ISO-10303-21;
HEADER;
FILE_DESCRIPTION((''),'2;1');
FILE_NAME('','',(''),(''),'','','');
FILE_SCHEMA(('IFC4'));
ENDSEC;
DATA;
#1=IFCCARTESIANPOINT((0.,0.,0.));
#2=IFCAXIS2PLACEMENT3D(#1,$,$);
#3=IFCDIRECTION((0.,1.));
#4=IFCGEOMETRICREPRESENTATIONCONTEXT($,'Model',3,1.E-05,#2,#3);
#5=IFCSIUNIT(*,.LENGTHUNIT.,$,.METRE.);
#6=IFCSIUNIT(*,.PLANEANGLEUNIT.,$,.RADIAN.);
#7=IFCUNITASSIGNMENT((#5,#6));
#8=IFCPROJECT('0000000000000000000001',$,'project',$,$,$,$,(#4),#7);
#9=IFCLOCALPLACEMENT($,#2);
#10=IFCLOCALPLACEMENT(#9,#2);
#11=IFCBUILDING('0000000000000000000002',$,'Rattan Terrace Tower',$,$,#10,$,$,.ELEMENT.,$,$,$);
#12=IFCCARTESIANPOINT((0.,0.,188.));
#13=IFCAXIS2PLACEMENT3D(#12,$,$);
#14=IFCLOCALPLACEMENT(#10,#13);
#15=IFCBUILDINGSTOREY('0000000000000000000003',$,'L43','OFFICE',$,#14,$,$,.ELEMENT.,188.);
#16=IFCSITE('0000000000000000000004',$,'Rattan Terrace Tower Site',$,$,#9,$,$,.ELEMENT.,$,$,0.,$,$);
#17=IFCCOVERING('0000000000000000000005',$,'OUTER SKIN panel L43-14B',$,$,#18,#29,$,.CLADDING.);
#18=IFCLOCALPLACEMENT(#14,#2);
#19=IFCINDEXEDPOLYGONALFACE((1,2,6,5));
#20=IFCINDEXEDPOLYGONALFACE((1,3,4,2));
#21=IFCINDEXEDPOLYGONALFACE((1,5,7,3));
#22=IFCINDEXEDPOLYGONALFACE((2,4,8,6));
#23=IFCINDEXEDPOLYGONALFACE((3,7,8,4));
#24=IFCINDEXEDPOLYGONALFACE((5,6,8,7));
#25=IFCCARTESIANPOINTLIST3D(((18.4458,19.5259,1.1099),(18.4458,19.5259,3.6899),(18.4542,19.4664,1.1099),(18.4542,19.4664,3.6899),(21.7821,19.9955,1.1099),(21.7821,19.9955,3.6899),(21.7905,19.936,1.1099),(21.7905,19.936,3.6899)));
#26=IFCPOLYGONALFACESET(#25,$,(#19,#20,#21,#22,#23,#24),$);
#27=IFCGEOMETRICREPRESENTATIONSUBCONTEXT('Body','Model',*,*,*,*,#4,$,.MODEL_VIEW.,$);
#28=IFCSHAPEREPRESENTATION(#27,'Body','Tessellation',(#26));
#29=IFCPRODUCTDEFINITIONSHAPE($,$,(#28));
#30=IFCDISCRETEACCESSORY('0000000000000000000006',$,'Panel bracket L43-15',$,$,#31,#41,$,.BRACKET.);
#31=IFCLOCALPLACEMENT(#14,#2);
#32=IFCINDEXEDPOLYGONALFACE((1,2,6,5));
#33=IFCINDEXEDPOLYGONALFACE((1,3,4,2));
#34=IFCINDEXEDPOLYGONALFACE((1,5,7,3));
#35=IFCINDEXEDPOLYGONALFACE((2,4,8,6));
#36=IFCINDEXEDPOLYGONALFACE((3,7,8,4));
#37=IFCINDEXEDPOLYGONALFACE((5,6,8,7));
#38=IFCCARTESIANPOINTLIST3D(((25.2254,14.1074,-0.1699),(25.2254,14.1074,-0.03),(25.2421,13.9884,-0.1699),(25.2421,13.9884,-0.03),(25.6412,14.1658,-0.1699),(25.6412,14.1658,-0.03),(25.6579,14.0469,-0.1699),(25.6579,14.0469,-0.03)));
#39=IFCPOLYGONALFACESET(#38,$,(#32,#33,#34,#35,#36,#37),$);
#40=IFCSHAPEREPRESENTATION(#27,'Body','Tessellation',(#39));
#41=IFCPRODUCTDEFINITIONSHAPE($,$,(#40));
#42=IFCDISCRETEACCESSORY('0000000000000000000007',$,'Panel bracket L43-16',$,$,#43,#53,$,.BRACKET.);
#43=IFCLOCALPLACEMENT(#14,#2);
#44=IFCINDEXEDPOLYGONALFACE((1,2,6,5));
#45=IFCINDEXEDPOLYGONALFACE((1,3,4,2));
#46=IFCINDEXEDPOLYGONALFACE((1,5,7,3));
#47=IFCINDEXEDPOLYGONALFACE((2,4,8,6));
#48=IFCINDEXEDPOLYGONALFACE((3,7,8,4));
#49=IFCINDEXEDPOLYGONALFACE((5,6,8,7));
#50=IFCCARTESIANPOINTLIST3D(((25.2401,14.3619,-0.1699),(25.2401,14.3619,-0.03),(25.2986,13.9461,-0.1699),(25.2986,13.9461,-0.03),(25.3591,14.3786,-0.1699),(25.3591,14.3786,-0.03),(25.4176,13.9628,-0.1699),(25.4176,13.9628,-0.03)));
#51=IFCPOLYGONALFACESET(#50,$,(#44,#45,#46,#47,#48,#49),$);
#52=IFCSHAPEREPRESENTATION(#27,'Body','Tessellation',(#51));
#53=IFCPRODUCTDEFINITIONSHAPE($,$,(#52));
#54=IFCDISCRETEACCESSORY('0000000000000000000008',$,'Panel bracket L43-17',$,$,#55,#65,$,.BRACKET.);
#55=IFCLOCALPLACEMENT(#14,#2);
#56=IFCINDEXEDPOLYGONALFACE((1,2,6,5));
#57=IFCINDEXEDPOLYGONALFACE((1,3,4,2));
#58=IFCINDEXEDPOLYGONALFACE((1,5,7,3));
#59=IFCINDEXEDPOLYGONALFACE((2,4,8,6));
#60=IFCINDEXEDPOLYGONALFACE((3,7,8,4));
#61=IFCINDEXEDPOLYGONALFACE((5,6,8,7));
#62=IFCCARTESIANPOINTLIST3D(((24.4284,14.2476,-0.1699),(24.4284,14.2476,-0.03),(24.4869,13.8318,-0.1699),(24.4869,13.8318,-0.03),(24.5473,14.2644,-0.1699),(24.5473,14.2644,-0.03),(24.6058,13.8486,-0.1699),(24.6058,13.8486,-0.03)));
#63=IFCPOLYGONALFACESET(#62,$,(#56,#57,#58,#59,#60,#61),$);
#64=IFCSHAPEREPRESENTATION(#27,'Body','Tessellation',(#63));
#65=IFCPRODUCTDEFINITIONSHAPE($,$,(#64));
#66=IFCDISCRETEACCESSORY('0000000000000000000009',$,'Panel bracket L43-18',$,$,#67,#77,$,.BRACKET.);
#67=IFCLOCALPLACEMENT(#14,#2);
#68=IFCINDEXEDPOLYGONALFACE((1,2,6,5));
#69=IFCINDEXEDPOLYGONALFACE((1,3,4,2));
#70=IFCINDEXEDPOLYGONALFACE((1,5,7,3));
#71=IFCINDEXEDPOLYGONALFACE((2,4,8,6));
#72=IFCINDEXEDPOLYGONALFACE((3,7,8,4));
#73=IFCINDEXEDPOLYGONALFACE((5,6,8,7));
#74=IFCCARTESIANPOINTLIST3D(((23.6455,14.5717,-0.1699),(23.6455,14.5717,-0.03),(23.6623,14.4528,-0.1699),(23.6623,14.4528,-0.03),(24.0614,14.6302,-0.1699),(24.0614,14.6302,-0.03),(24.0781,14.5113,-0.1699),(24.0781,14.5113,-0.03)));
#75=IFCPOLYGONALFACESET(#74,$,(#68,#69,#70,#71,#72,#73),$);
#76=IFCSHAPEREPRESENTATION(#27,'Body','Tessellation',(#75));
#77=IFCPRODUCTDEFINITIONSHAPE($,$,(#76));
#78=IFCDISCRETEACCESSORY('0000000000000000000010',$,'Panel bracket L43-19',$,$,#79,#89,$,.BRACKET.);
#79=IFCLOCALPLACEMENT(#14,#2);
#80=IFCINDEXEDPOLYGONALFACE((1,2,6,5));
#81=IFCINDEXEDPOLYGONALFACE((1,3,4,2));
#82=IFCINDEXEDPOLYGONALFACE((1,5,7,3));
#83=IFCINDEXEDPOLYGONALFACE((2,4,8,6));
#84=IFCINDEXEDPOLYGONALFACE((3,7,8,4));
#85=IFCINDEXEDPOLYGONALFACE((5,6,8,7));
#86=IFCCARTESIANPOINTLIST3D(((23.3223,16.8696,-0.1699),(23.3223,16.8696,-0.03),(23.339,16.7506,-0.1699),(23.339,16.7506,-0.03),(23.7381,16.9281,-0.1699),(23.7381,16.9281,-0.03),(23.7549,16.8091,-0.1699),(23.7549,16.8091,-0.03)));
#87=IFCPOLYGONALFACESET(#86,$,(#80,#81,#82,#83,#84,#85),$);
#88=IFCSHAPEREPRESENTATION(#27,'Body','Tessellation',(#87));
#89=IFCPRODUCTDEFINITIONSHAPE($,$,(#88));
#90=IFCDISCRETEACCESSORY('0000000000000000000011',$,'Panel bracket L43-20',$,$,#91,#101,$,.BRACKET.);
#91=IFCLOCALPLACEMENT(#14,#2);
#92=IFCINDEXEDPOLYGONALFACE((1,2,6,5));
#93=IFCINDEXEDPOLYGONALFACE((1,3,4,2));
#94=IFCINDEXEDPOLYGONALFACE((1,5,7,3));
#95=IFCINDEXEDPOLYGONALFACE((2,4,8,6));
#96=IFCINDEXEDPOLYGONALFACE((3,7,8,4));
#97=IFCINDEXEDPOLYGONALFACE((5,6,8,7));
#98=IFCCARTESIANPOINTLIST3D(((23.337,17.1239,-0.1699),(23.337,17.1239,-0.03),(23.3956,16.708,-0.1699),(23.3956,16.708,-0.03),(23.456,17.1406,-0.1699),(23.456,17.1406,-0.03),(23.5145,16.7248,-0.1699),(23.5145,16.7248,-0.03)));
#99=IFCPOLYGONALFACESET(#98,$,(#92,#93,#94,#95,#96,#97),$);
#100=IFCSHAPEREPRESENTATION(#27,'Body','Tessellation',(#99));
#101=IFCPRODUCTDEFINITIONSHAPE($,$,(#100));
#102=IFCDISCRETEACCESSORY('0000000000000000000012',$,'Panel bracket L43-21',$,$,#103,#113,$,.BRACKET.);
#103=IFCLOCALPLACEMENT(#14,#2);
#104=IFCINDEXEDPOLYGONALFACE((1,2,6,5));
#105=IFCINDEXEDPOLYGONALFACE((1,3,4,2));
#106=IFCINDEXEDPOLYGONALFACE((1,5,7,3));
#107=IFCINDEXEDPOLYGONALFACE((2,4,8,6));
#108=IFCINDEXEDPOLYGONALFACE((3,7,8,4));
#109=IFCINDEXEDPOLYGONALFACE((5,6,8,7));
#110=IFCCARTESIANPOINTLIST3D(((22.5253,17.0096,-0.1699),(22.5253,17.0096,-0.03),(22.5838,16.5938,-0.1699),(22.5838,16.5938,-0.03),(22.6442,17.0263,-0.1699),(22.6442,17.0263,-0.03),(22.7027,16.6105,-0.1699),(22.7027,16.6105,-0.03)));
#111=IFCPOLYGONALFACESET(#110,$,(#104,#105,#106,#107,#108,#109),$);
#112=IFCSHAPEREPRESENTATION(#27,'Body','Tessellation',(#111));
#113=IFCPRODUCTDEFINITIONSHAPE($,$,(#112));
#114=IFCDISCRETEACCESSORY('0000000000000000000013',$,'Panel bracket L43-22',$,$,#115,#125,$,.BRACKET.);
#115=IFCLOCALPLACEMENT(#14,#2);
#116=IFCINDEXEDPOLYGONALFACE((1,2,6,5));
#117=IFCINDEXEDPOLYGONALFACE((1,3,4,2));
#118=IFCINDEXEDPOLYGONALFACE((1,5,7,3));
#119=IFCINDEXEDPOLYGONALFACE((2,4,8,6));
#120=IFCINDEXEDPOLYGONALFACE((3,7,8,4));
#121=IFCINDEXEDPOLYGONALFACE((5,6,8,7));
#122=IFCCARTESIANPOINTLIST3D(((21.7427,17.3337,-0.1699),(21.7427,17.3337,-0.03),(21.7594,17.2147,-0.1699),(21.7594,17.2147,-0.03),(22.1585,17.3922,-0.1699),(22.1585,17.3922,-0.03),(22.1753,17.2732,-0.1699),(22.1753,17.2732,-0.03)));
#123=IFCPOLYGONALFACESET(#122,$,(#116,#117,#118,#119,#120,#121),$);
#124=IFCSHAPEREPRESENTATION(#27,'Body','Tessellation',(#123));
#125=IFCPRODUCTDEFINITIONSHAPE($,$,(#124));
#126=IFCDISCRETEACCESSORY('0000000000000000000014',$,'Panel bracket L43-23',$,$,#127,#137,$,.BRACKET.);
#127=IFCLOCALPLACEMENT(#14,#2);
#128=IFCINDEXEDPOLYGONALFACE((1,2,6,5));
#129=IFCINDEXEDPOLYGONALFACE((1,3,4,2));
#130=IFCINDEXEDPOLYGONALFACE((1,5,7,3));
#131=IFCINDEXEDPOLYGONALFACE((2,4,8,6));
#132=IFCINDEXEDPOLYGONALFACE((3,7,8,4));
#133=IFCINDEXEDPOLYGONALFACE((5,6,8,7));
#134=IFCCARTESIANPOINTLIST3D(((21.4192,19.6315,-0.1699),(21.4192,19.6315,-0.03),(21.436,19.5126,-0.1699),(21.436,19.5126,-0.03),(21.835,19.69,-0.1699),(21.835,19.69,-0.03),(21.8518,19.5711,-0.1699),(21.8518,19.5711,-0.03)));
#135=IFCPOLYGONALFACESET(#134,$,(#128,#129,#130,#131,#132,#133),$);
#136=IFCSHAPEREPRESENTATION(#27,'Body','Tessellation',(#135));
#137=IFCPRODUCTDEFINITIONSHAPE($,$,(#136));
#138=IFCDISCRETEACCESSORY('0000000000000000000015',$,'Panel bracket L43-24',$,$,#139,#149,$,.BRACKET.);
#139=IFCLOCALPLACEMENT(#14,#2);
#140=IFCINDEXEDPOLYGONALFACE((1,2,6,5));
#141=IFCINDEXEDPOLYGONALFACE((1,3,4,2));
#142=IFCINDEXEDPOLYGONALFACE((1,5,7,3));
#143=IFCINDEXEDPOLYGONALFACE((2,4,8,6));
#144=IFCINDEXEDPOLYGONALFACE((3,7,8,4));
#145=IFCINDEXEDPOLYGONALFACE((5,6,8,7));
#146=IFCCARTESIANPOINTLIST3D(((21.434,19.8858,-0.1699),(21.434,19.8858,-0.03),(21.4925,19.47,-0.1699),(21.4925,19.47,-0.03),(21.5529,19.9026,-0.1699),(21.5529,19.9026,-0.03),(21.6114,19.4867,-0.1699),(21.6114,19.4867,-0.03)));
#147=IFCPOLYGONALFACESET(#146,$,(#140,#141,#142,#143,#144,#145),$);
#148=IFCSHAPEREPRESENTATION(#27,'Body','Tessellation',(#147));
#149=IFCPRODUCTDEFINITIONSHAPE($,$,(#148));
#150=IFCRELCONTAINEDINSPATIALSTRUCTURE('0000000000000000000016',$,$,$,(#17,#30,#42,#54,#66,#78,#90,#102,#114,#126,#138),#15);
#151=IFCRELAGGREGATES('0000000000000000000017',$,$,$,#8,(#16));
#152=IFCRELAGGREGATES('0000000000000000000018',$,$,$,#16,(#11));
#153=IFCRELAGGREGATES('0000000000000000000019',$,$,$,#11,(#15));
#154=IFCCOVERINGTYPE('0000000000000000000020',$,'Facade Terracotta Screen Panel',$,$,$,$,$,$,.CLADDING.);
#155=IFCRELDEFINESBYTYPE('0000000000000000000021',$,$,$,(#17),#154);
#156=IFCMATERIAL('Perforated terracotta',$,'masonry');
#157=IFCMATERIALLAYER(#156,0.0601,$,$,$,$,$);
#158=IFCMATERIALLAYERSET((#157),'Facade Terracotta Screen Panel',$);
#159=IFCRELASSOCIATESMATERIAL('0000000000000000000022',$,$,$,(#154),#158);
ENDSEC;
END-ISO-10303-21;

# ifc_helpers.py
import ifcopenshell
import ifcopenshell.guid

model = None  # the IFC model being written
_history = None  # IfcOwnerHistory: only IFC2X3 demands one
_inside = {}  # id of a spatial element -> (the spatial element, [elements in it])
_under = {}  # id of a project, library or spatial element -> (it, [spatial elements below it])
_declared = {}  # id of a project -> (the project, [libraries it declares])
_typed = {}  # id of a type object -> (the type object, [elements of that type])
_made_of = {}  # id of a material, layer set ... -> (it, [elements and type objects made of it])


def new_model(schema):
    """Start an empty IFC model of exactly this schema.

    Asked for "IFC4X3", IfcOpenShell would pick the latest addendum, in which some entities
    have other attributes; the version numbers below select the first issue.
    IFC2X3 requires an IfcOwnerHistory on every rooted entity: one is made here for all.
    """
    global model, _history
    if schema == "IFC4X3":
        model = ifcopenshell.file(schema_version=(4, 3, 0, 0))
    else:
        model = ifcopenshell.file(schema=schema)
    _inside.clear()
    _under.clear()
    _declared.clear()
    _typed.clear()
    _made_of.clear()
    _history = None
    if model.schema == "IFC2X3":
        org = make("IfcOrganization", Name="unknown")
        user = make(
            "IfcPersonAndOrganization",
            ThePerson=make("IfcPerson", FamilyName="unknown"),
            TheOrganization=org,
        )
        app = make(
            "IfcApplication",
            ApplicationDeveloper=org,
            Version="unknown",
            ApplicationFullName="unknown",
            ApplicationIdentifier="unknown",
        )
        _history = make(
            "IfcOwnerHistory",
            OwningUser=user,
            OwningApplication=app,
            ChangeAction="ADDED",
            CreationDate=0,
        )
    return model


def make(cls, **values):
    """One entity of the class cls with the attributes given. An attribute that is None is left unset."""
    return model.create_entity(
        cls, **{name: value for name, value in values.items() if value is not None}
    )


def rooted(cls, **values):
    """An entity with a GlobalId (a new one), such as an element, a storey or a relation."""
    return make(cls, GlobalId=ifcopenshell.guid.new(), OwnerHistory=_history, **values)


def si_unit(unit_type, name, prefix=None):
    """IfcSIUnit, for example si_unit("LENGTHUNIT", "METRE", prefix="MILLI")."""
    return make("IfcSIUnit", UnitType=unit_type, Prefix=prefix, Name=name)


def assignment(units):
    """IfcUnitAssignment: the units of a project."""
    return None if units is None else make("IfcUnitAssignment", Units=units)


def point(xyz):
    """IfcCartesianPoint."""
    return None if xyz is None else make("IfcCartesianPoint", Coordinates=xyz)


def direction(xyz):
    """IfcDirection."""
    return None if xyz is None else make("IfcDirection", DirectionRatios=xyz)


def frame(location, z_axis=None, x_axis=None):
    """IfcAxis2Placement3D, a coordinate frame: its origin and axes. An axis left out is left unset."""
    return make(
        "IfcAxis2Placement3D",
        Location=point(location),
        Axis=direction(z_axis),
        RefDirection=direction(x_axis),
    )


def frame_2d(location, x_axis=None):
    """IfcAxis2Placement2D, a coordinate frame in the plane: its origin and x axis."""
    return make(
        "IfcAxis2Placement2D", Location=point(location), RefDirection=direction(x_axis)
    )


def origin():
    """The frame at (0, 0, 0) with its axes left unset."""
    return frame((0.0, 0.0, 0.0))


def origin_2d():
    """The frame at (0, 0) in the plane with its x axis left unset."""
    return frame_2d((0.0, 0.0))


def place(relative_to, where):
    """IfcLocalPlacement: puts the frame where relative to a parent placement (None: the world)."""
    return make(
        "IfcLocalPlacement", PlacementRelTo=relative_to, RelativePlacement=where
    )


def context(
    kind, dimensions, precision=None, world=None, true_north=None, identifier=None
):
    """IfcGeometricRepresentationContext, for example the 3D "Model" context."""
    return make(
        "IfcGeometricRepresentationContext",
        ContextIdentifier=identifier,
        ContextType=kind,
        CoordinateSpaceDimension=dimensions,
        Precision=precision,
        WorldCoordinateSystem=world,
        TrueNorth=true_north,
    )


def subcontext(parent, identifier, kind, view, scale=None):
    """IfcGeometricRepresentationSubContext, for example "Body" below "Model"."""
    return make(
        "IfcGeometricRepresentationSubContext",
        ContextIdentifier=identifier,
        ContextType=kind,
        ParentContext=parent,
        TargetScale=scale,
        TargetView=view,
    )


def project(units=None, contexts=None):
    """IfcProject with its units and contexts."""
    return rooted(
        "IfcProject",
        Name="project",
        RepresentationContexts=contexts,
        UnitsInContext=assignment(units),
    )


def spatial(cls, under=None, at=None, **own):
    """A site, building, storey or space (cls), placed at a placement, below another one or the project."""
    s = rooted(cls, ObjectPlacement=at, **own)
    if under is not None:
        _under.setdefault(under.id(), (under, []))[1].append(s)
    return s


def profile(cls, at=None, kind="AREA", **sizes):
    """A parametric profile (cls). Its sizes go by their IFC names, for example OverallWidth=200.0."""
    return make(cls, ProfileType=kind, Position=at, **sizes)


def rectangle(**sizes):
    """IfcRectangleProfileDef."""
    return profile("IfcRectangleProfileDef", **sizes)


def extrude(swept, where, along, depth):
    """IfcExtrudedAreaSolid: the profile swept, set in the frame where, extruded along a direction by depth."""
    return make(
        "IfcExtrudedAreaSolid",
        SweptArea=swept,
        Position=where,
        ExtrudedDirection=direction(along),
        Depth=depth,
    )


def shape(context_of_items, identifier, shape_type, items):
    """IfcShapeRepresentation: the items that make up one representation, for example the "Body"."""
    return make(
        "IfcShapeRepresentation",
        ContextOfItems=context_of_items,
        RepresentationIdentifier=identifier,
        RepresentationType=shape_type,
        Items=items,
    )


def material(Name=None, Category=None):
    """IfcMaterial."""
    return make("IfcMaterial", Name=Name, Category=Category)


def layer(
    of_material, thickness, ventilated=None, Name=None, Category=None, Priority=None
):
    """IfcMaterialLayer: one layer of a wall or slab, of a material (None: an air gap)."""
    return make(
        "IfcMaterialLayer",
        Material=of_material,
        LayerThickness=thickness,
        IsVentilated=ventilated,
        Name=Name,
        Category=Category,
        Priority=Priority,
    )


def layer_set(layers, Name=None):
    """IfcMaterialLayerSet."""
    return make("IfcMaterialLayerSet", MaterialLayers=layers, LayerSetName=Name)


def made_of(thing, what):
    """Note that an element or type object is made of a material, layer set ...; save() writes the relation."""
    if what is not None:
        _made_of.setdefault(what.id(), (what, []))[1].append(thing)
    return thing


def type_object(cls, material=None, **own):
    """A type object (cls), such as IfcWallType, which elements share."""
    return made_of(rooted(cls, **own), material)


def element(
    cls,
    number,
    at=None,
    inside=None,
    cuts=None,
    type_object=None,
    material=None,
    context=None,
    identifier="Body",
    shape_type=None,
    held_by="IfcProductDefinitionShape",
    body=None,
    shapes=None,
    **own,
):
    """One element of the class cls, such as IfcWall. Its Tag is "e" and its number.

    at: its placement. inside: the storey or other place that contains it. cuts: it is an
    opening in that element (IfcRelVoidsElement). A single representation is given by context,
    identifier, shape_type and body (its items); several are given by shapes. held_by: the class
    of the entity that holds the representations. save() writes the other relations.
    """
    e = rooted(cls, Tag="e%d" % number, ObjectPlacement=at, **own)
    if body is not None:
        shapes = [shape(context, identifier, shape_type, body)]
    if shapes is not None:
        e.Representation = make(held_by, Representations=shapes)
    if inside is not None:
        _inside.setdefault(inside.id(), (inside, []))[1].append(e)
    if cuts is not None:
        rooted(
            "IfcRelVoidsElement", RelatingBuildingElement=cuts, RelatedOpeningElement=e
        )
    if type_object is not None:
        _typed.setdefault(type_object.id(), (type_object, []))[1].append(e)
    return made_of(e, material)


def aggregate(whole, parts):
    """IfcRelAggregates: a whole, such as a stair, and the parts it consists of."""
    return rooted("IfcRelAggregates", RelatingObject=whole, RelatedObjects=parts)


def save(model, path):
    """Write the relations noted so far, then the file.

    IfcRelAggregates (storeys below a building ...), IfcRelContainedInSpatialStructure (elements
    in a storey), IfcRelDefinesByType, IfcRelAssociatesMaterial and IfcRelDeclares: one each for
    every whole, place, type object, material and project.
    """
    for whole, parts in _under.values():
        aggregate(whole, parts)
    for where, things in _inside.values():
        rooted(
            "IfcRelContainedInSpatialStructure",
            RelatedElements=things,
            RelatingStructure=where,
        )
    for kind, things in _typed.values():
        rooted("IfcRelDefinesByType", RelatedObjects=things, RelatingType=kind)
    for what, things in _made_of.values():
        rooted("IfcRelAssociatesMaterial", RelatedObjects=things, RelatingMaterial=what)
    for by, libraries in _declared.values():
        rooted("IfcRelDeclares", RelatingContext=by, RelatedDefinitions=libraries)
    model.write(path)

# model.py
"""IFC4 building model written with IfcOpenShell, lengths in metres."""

from ifc_helpers import new_model, si_unit, direction, frame, origin, origin_2d, place, context, subcontext, project, spatial, rectangle, extrude, material, layer, layer_set, type_object, element, save


model = new_model("IFC4")

# Units and contexts
model_context = context("Model", 3, precision=1e-05, world=origin(), true_north=direction((0.0, 1.0)))
body_context = subcontext(model_context, "Body", "Model", "MODEL_VIEW")
ifc_project = project(units=[si_unit("LENGTHUNIT", "METRE"), si_unit("PLANEANGLEUNIT", "RADIAN")], contexts=[model_context])

# Site, building, storey
site_placement = place(None, origin())
site = spatial("IfcSite", under=ifc_project, at=site_placement, Name="Rattan Terrace Tower Site", CompositionType="ELEMENT", RefElevation=0.0)
building_placement = place(site_placement, origin())
building = spatial("IfcBuilding", under=site, at=building_placement, Name="Rattan Terrace Tower", CompositionType="ELEMENT")
storey_placement = place(building_placement, frame((0.0, 0.0, 188.0)))
storey = spatial("IfcBuildingStorey", under=building, at=storey_placement, Name="L43", Description="OFFICE", CompositionType="ELEMENT", Elevation=188.0)

# Covering
ifc_material_1 = material(Name="Perforated terracotta", Category="masonry")
ifc_layer_1 = layer(ifc_material_1, 0.0601)
ifc_layer_set_1 = layer_set([ifc_layer_1], Name="Facade Terracotta Screen Panel")
covering_type_1 = type_object("IfcCoveringType", Name="Facade Terracotta Screen Panel", PredefinedType="CLADDING", material=ifc_layer_set_1)
covering_1_placement = place(storey_placement, frame((20.1182, 19.731, 1.1099), z_axis=(0.0, 0.0, 1.0), x_axis=(-0.990241, -0.139367, 0.0)))
element("IfcCovering", 1, at=covering_1_placement, inside=storey, type_object=covering_type_1, Name="OUTER SKIN panel L43-14B", PredefinedType="CLADDING", context=body_context, shape_type="SweptSolid", body=[
    extrude(rectangle(XDim=3.3691, YDim=0.0601, at=origin_2d()), origin(), (0.0, 0.0, 1.0), 2.5801),
])

# Discrete accessories
for number, where, z_axis, x_axis, name in (
    (2, (25.4417, 14.0771, -0.1699), (0.0, 0.0, 1.0), (-0.139191, 0.990266, 0.0), "Panel bracket L43-15"),
    (3, (25.3289, 14.1624, -0.1699), (0.0, 0.0, 1.0), (-0.990241, -0.139367, 0.0), "Panel bracket L43-16"),
    (4, (24.5171, 14.0481, -0.1699), (0.0, 0.0, 1.0), (-0.990241, -0.139367, 0.0), "Panel bracket L43-17"),
    (5, (23.8618, 14.5415, -0.1699), (0.0, 0.0, 1.0), (-0.139321, 0.990247, 0.0), "Panel bracket L43-18"),
    (6, (23.5386, 16.8394, -0.1699), (0.0, 0.0, 1.0), (-0.139321, 0.990247, 0.0), "Panel bracket L43-19"),
    (7, (23.4258, 16.9243, -0.1699), (0.0, 0.0, 1.0), (-0.990241, -0.139367, 0.0), "Panel bracket L43-20"),
    (8, (22.614, 16.8101, -0.1699), (0.0, 0.0, 1.0), (-0.990241, -0.139367, 0.0), "Panel bracket L43-21"),
    (9, (21.959, 17.3035, -0.1699), (0.0, 0.0, 1.0), (-0.139321, 0.990247, 0.0), "Panel bracket L43-22"),
    (10, (21.6355, 19.6013, -0.1699), (0.0, 0.0, 1.0), (-0.139321, 0.990247, 0.0), "Panel bracket L43-23"),
    (11, (21.5227, 19.6863, -0.1699), (0.0, 0.0, 1.0), (-0.990241, -0.139367, 0.0), "Panel bracket L43-24"),
):
    element("IfcDiscreteAccessory", number, at=place(storey_placement, frame(where, z_axis=z_axis, x_axis=x_axis)), inside=storey, Name=name, PredefinedType="BRACKET", context=body_context, shape_type="SweptSolid", body=[
        extrude(rectangle(XDim=0.1201, YDim=0.4199, at=origin_2d()), origin(), (0.0, 0.0, 1.0), 0.1399),
    ])

save(model, "model.ifc")
